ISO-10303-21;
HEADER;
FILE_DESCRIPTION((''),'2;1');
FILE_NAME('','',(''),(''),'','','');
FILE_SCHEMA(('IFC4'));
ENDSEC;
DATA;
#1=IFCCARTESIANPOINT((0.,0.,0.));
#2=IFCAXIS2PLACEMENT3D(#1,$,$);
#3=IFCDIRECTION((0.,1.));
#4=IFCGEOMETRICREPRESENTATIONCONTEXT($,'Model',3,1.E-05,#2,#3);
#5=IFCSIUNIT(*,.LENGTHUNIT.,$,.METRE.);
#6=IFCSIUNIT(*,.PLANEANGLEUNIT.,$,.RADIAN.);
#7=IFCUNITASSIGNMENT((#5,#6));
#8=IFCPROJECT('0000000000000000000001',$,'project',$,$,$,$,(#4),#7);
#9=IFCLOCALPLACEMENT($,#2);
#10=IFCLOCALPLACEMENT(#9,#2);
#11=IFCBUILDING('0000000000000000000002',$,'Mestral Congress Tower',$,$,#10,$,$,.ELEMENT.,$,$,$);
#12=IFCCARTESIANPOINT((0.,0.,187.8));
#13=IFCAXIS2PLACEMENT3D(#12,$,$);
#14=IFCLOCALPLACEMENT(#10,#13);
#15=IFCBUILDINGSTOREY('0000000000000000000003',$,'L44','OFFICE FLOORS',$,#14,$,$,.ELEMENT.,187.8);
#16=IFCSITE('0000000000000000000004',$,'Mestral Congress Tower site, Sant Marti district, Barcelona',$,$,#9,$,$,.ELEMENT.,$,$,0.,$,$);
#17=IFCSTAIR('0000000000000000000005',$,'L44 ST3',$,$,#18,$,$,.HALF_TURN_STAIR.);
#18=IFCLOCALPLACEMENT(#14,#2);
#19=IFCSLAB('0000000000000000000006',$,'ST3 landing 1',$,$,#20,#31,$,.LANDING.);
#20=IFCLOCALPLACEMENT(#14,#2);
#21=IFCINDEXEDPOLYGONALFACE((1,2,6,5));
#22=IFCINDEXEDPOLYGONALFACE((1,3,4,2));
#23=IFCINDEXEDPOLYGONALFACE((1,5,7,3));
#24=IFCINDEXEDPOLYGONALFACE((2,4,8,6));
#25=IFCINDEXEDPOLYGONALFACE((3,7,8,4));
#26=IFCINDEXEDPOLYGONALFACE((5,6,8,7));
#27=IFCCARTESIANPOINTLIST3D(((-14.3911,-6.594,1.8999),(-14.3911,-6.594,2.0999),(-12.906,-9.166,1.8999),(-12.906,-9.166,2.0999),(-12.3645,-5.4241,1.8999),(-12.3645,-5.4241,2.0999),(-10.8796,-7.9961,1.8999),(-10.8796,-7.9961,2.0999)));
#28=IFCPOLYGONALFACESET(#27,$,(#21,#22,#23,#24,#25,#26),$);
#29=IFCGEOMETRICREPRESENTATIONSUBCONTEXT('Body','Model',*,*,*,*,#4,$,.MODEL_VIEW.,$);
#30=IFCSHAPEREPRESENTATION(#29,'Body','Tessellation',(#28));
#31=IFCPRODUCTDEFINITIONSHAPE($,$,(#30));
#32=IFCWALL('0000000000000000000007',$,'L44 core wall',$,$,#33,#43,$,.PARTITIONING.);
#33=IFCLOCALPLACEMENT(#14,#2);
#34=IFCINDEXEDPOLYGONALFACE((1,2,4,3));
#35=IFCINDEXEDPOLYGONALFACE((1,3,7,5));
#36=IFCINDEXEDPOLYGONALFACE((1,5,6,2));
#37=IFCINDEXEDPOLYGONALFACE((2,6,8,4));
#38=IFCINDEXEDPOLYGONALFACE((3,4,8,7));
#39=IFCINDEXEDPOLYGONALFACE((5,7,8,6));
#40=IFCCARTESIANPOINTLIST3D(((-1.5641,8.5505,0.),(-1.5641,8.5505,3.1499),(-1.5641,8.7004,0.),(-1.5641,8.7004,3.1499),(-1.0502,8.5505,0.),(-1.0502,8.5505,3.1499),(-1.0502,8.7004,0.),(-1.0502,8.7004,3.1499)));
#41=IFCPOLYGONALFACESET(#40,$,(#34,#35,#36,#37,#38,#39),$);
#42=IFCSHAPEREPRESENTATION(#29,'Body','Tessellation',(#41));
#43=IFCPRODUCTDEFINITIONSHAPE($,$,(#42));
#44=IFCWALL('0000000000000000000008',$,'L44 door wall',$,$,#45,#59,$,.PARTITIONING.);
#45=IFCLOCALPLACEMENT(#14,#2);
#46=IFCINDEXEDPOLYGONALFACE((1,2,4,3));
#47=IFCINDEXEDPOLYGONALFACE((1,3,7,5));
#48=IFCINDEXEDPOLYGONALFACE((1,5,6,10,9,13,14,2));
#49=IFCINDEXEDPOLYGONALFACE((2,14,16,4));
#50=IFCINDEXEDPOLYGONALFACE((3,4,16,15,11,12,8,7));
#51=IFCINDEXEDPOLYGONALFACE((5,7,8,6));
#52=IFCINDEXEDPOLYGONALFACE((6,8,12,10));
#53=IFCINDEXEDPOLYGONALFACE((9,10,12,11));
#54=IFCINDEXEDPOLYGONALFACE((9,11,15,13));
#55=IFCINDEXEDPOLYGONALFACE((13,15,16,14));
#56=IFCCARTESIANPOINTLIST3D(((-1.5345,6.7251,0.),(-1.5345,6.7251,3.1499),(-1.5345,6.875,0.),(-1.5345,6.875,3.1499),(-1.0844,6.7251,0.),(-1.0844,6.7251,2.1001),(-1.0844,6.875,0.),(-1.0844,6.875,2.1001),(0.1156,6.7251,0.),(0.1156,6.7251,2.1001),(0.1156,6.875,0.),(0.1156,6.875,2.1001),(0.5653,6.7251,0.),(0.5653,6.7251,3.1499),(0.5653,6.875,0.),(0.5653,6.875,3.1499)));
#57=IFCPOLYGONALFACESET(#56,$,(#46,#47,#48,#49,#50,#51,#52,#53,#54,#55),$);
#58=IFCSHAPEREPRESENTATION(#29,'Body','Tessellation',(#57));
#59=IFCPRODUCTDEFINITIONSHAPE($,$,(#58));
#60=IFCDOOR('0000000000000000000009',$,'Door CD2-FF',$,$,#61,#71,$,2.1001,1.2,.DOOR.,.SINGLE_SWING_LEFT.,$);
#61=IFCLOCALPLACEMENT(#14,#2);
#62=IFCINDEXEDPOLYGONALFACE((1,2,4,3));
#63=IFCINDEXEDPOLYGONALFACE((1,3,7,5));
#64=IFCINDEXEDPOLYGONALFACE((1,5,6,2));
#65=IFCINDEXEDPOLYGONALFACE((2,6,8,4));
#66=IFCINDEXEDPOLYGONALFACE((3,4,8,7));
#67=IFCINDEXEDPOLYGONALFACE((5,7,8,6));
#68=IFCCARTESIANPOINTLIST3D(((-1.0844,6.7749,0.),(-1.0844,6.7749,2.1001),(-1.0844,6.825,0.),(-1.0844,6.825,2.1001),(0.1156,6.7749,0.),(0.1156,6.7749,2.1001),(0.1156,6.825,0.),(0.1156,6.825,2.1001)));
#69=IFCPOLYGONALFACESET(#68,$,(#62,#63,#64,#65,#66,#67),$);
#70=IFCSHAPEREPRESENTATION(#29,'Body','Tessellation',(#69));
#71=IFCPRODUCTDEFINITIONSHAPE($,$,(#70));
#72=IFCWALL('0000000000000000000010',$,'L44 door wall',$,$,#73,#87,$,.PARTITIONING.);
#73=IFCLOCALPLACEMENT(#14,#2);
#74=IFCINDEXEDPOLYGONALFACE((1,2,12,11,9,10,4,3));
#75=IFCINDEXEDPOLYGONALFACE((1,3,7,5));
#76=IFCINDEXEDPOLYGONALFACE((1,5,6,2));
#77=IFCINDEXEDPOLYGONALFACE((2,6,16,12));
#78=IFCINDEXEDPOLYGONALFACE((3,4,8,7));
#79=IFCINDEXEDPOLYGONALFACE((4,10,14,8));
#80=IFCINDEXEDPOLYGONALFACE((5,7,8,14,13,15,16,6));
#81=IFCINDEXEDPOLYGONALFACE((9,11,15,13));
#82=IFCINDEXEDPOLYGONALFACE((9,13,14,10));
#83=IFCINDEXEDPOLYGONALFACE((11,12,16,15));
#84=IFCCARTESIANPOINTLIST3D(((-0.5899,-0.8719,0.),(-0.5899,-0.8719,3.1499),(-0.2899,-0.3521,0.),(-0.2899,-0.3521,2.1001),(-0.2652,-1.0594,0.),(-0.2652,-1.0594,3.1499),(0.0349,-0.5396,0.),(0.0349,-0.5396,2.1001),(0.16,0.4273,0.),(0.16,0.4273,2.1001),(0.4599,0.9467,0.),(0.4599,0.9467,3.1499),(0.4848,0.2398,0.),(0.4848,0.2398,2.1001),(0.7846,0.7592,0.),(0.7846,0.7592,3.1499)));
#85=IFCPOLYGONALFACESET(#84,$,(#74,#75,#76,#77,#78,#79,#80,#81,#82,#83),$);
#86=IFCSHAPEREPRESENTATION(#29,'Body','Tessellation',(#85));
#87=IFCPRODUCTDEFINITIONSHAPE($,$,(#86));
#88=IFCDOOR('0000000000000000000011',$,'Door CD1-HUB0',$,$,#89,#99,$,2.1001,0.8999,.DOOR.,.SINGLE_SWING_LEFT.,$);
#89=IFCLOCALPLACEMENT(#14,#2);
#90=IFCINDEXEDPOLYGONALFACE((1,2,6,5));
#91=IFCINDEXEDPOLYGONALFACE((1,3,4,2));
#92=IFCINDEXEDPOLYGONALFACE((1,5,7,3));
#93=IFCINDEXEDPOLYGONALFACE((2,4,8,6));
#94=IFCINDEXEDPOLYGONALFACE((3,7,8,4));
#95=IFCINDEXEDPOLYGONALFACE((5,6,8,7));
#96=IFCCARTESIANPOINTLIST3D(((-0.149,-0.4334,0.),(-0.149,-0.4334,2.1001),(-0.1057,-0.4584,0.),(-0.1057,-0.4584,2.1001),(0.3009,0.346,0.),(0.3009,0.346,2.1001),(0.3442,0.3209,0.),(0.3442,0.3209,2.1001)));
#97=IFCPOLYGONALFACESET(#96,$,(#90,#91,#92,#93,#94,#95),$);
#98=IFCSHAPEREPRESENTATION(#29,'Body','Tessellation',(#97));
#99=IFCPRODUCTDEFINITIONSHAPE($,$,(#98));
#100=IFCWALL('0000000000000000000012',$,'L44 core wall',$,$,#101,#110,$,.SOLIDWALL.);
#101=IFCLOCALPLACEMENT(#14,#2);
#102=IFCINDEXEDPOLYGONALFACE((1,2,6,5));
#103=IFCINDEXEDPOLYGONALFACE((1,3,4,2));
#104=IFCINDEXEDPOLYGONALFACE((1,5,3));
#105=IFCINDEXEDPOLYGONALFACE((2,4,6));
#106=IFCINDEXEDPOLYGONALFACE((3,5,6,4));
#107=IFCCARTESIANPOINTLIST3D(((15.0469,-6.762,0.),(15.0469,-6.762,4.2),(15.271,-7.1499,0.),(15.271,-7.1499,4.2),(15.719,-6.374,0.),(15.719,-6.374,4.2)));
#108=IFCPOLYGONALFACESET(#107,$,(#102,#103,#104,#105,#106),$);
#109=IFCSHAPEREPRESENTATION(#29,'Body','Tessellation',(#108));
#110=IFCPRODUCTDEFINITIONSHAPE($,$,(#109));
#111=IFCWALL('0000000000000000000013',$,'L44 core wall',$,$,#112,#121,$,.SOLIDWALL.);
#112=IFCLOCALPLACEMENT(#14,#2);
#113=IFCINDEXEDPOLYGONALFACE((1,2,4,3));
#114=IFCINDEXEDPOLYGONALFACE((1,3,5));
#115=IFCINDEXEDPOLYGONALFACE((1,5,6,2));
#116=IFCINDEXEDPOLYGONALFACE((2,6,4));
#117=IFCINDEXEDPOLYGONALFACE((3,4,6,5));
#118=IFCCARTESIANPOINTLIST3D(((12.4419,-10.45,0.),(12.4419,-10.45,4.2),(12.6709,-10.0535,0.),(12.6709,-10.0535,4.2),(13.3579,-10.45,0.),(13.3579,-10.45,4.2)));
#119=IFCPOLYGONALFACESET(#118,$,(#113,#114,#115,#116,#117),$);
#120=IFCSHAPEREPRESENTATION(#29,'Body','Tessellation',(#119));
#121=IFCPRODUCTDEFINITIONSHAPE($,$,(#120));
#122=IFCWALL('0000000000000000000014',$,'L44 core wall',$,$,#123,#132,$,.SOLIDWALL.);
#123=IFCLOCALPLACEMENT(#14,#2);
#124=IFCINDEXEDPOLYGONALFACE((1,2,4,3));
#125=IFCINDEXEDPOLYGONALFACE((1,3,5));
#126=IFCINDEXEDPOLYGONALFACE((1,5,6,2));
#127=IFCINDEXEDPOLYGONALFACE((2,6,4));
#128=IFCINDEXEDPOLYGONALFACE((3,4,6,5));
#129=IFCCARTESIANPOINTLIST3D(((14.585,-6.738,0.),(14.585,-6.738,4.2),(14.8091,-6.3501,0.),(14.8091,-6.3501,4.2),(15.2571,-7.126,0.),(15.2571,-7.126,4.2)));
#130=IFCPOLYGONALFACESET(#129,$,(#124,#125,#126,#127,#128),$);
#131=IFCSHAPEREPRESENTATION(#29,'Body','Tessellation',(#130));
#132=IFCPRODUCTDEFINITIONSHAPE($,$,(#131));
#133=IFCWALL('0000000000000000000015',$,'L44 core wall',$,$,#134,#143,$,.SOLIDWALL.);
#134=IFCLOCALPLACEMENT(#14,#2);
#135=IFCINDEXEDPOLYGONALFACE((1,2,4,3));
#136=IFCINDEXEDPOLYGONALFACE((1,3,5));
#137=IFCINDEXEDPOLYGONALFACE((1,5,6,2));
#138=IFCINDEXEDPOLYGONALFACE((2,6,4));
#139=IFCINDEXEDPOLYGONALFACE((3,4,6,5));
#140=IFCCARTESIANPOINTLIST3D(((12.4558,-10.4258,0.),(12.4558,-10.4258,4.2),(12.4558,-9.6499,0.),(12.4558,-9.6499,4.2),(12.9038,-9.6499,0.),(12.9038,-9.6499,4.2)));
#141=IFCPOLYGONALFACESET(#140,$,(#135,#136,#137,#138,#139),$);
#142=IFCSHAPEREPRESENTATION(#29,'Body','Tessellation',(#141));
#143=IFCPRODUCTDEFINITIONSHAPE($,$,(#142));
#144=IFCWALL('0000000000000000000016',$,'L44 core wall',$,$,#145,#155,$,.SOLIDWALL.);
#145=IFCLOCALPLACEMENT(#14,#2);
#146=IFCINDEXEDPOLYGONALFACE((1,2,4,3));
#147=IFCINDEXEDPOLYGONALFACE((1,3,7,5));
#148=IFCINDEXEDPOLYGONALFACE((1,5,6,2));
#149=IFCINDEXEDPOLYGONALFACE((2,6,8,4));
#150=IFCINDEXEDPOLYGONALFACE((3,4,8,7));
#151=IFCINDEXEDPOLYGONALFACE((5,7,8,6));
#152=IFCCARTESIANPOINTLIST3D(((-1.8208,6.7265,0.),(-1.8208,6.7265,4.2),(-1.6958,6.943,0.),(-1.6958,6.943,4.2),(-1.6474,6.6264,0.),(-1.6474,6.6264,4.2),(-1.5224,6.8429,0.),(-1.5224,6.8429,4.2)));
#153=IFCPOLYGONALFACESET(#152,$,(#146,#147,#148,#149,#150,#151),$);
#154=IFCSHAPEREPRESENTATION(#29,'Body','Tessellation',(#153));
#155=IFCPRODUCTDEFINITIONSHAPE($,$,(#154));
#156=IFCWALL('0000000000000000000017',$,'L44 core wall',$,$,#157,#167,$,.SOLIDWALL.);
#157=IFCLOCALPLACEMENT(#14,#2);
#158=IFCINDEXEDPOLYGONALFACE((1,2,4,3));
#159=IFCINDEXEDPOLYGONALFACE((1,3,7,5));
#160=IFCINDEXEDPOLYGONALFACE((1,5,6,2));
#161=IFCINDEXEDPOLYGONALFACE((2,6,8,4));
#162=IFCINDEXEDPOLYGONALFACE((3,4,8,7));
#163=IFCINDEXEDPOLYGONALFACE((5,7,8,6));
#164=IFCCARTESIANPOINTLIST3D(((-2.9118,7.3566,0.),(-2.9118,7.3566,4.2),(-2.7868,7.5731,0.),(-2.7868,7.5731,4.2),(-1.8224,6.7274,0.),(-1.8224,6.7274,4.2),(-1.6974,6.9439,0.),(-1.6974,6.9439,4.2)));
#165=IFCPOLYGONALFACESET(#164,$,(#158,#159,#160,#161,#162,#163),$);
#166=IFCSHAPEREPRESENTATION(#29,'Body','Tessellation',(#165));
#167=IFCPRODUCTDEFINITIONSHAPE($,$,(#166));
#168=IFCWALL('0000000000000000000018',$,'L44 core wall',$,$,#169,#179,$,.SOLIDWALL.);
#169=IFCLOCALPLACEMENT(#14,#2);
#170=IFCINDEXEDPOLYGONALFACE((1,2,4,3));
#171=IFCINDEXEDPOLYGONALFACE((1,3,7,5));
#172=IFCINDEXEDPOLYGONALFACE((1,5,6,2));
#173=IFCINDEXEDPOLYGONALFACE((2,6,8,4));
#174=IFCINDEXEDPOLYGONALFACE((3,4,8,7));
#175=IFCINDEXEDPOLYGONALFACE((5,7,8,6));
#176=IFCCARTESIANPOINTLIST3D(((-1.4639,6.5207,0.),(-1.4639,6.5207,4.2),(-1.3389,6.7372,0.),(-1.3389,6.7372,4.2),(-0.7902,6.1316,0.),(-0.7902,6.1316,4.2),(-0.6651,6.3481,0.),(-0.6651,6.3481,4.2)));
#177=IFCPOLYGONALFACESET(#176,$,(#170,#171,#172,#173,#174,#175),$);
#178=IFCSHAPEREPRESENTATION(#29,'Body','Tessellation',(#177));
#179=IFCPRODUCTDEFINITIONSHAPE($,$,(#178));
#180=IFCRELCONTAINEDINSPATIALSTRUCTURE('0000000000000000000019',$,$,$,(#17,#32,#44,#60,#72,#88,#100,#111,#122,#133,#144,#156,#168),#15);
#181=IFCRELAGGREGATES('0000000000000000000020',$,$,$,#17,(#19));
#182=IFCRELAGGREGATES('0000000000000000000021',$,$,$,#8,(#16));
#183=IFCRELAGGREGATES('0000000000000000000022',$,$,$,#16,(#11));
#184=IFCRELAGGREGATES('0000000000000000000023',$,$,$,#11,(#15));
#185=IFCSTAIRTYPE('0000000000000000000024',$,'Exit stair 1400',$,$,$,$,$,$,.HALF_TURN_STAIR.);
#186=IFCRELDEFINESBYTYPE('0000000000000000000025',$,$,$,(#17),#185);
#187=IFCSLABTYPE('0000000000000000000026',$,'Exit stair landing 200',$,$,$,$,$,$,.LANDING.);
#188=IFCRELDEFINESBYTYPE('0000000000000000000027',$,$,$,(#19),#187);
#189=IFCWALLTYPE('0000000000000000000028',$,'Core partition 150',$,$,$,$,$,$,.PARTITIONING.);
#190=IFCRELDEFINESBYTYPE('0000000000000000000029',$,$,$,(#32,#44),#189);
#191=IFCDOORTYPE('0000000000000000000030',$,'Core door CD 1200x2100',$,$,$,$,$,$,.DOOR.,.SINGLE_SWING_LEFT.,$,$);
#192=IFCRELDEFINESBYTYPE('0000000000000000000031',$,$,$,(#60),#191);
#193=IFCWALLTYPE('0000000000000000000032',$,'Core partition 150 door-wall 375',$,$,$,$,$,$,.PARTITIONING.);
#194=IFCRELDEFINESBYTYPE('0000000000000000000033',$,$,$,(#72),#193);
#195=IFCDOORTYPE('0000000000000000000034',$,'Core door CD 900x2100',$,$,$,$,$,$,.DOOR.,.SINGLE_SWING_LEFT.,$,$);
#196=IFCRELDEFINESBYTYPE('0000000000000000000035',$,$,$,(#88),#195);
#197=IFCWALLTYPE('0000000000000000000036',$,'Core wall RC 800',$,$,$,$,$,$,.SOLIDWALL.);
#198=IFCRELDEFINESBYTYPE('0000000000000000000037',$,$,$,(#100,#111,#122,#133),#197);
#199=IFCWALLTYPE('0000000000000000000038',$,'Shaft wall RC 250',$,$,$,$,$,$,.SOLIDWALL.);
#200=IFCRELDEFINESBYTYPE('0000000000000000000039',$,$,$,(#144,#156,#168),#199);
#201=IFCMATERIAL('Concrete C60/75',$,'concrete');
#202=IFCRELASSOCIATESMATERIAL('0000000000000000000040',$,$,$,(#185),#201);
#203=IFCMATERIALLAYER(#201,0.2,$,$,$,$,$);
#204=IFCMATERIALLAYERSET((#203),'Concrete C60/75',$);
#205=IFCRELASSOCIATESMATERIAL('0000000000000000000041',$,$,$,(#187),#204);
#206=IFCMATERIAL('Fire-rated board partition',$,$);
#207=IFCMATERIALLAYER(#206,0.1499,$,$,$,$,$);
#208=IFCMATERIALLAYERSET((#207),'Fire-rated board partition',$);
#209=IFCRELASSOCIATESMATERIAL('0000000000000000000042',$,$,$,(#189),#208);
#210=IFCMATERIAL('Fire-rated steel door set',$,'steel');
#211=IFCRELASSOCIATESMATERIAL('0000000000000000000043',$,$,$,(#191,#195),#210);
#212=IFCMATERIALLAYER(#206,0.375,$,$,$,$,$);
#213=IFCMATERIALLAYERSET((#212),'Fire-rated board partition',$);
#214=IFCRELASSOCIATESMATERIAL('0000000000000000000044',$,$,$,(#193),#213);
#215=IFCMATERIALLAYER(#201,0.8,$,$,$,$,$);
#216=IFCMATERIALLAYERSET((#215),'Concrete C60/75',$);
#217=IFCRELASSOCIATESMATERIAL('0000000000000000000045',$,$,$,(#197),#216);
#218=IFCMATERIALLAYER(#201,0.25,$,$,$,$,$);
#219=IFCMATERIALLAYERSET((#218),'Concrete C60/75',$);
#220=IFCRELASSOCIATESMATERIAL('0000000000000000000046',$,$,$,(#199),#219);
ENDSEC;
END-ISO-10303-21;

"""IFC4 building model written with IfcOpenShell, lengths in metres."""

from ifc_helpers import new_model, si_unit, direction, frame, frame_2d, origin, place, context, subcontext, project, spatial, polyline, rectangle, outline, extrude, material, layer, layer_set, type_object, element, fill, aggregate, save


model = new_model("IFC4")

# Units and contexts
model_context = context("Model", 3, precision=1e-05, world=origin(), true_north=direction((0.0, 1.0)))
body_context = subcontext(model_context, "Body", "Model", "MODEL_VIEW")
ifc_project = project(units=[si_unit("LENGTHUNIT", "METRE"), si_unit("PLANEANGLEUNIT", "RADIAN")], contexts=[model_context])

# Site, building, storey
site_placement = place(None, origin())
site = spatial("IfcSite", under=ifc_project, at=site_placement, Name="Mestral Congress Tower site, Sant Marti district, Barcelona", CompositionType="ELEMENT", RefElevation=0.0)
building_placement = place(site_placement, origin())
building = spatial("IfcBuilding", under=site, at=building_placement, Name="Mestral Congress Tower", CompositionType="ELEMENT")
storey_placement = place(building_placement, frame((0.0, 0.0, 187.8)))
storey = spatial("IfcBuildingStorey", under=building, at=storey_placement, Name="L44", Description="OFFICE FLOORS", CompositionType="ELEMENT", Elevation=187.8)

# Shared definitions
ifc_material_1 = material(Name="Concrete C60/75", Category="concrete")

# Stair, slab
stair_type = type_object("IfcStairType", Name="Exit stair 1400", PredefinedType="HALF_TURN_STAIR", material=ifc_material_1)
placement_1 = place(storey_placement, origin())
ifc_layer_1 = layer(ifc_material_1, 0.2)
ifc_layer_set_1 = layer_set([ifc_layer_1], Name="Concrete C60/75")
slab_type_1 = type_object("IfcSlabType", Name="Exit stair landing 200", PredefinedType="LANDING", material=ifc_layer_set_1)
placement_2 = place(storey_placement, frame((0.0, 0.0, 1.8999)))
stair_1 = element("IfcStair", 1, at=placement_1, inside=storey, type_object=stair_type, Name="L44 ST3", PredefinedType="HALF_TURN_STAIR")
slab_1 = element("IfcSlab", 2, at=placement_2, type_object=slab_type_1, Name="ST3 landing 1", PredefinedType="LANDING", context=body_context, shape_type="SweptSolid", body=[
    extrude(outline(polyline([(-12.3645, -5.4241), (-10.8796, -7.9961), (-12.906, -9.166), (-14.3911, -6.594), (-12.3645, -5.4241)])), origin(), (0.0, 0.0, 1.0), 0.2),
])
aggregate(stair_1, [slab_1])

# Wall
ifc_material_2 = material(Name="Fire-rated board partition")
ifc_layer_2 = layer(ifc_material_2, 0.1499)
ifc_layer_set_2 = layer_set([ifc_layer_2], Name="Fire-rated board partition")
wall_type_1 = type_object("IfcWallType", Name="Core partition 150", PredefinedType="PARTITIONING", material=ifc_layer_set_2)
wall_1_placement = place(storey_placement, frame((-1.564, 8.6255, 0.0), z_axis=(0.0, 0.0, 1.0), x_axis=(1.0, 0.0, 0.0)))
element("IfcWall", 3, at=wall_1_placement, inside=storey, type_object=wall_type_1, Name="L44 core wall", PredefinedType="PARTITIONING", context=body_context, shape_type="SweptSolid", body=[
    extrude(rectangle(XDim=0.5139, YDim=0.1499, at=frame_2d((0.2568, 0.0))), origin(), (0.0, 0.0, 1.0), 3.1499),
])

# Walls, openings, doors
wall_2_placement = place(storey_placement, frame((-1.5344, 6.8, 0.0), z_axis=(0.0, 0.0, 1.0), x_axis=(1.0, 0.0, 0.0)))
wall_2 = element("IfcWall", 4, at=wall_2_placement, inside=storey, type_object=wall_type_1, Name="L44 door wall", PredefinedType="PARTITIONING", context=body_context, shape_type="SweptSolid", body=[
    extrude(rectangle(XDim=2.0999, YDim=0.1499, at=frame_2d((1.0498, 0.0))), origin(), (0.0, 0.0, 1.0), 3.1499),
])
opening_1_placement = place(wall_2_placement, frame((0.45, 0.0, 0.0)))
opening_1 = element("IfcOpeningElement", 5, at=opening_1_placement, cuts=wall_2, PredefinedType="OPENING", context=body_context, shape_type="SweptSolid", body=[
    extrude(rectangle(XDim=1.2, YDim=2.1001, at=frame_2d((0.6001, 1.05))), frame((0.0, 0.085, 0.0), z_axis=(0.0, -1.0, 0.0), x_axis=(1.0, 0.0, 0.0)), (0.0, 0.0, 1.0), 0.1699),
])
ifc_material_3 = material(Name="Fire-rated steel door set", Category="steel")
door_type_1 = type_object("IfcDoorType", Name="Core door CD 1200x2100", OperationType="SINGLE_SWING_LEFT", PredefinedType="DOOR", material=ifc_material_3)
door_1_placement = place(opening_1_placement, origin())
door_1 = element("IfcDoor", 6, at=door_1_placement, inside=storey, type_object=door_type_1, Name="Door CD2-FF", OperationType="SINGLE_SWING_LEFT", OverallHeight=2.1001, OverallWidth=1.2, PredefinedType="DOOR", context=body_context, shape_type="SweptSolid", body=[
    extrude(rectangle(XDim=1.2, YDim=2.1001, at=frame_2d((0.6001, 1.05))), frame((0.0, 0.0249, 0.0), z_axis=(0.0, -1.0, 0.0), x_axis=(1.0, 0.0, 0.0)), (0.0, 0.0, 1.0), 0.05),
])
fill(opening_1, door_1)
ifc_layer_3 = layer(ifc_material_2, 0.375)
ifc_layer_set_3 = layer_set([ifc_layer_3], Name="Fire-rated board partition")
wall_type_2 = type_object("IfcWallType", Name="Core partition 150 door-wall 375", PredefinedType="PARTITIONING", material=ifc_layer_set_3)
wall_3_placement = place(storey_placement, frame((-0.4275, -0.9656, 0.0), z_axis=(0.0, 0.0, 1.0), x_axis=(0.499941, 0.86606, 0.0)))
wall_3 = element("IfcWall", 7, at=wall_3_placement, inside=storey, type_object=wall_type_2, Name="L44 door wall", PredefinedType="PARTITIONING", context=body_context, shape_type="SweptSolid", body=[
    extrude(rectangle(XDim=2.0999, YDim=0.375, at=frame_2d((1.0498, 0.0))), origin(), (0.0, 0.0, 1.0), 3.1499),
])
opening_2_placement = place(wall_3_placement, frame((0.6001, 0.0, 0.0)))
opening_2 = element("IfcOpeningElement", 8, at=opening_2_placement, cuts=wall_3, PredefinedType="OPENING", context=body_context, shape_type="SweptSolid", body=[
    extrude(rectangle(XDim=0.8999, YDim=2.1001, at=frame_2d((0.45, 1.05))), frame((0.0, 0.1975, 0.0), z_axis=(0.0, -1.0, 0.0), x_axis=(1.0, 0.0, 0.0)), (0.0, 0.0, 1.0), 0.395),
])
door_type_2 = type_object("IfcDoorType", Name="Core door CD 900x2100", OperationType="SINGLE_SWING_LEFT", PredefinedType="DOOR", material=ifc_material_3)
door_2_placement = place(opening_2_placement, origin())
door_2 = element("IfcDoor", 9, at=door_2_placement, inside=storey, type_object=door_type_2, Name="Door CD1-HUB0", OperationType="SINGLE_SWING_LEFT", OverallHeight=2.1001, OverallWidth=0.8999, PredefinedType="DOOR", context=body_context, shape_type="SweptSolid", body=[
    extrude(rectangle(XDim=0.8999, YDim=2.1001, at=frame_2d((0.45, 1.05))), frame((0.0, 0.0249, 0.0), z_axis=(0.0, -1.0, 0.0), x_axis=(1.0, 0.0, 0.0)), (0.0, 0.0, 1.0), 0.05),
])
fill(opening_2, door_2)

# Walls
ifc_layer_4 = layer(ifc_material_1, 0.8)
ifc_layer_set_4 = layer_set([ifc_layer_4], Name="Concrete C60/75")
wall_type_3 = type_object("IfcWallType", Name="Core wall RC 800", PredefinedType="SOLIDWALL", material=ifc_layer_set_4)
element("IfcWall", 10, at=placement_1, inside=storey, type_object=wall_type_3, Name="L44 core wall", PredefinedType="SOLIDWALL", context=body_context, shape_type="SweptSolid", body=[
    extrude(outline(polyline([(15.271, -7.1499), (15.0469, -6.762), (15.719, -6.374), (15.271, -7.1499)])), origin(), (0.0, 0.0, 1.0), 4.2),
])
element("IfcWall", 11, at=placement_1, inside=storey, type_object=wall_type_3, Name="L44 core wall", PredefinedType="SOLIDWALL", context=body_context, shape_type="SweptSolid", body=[
    extrude(outline(polyline([(12.6709, -10.0535), (13.3579, -10.45), (12.4419, -10.45), (12.6709, -10.0535)])), origin(), (0.0, 0.0, 1.0), 4.2),
])
element("IfcWall", 12, at=placement_1, inside=storey, type_object=wall_type_3, Name="L44 core wall", PredefinedType="SOLIDWALL", context=body_context, shape_type="SweptSolid", body=[
    extrude(outline(polyline([(14.8091, -6.3501), (15.2571, -7.126), (14.585, -6.738), (14.8091, -6.3501)])), origin(), (0.0, 0.0, 1.0), 4.2),
])
element("IfcWall", 13, at=placement_1, inside=storey, type_object=wall_type_3, Name="L44 core wall", PredefinedType="SOLIDWALL", context=body_context, shape_type="SweptSolid", body=[
    extrude(outline(polyline([(12.9038, -9.6499), (12.4558, -10.4258), (12.4558, -9.6499), (12.9038, -9.6499)])), origin(), (0.0, 0.0, 1.0), 4.2),
])
ifc_layer_5 = layer(ifc_material_1, 0.25)
ifc_layer_set_5 = layer_set([ifc_layer_5], Name="Concrete C60/75")
wall_type_4 = type_object("IfcWallType", Name="Shaft wall RC 250", PredefinedType="SOLIDWALL", material=ifc_layer_set_5)
wall_4_placement = place(storey_placement, frame((-1.7583, 6.8347, 0.0), z_axis=(0.0, 0.0, 1.0), x_axis=(0.865982, -0.500074, 0.0)))
element("IfcWall", 14, at=wall_4_placement, inside=storey, type_object=wall_type_4, Name="L44 core wall", PredefinedType="SOLIDWALL", context=body_context, shape_type="SweptSolid", body=[
    extrude(rectangle(XDim=0.2002, YDim=0.25, at=frame_2d((0.1001, 0.0))), origin(), (0.0, 0.0, 1.0), 4.2),
])
wall_5_placement = place(storey_placement, frame((-1.76, 6.8357, 0.0), z_axis=(0.0, 0.0, 1.0), x_axis=(-0.865953, 0.500126, 0.0)))
element("IfcWall", 15, at=wall_5_placement, inside=storey, type_object=wall_type_4, Name="L44 core wall", PredefinedType="SOLIDWALL", context=body_context, shape_type="SweptSolid", body=[
    extrude(rectangle(XDim=1.2581, YDim=0.25, at=frame_2d((0.6289, 0.0))), origin(), (0.0, 0.0, 1.0), 4.2),
])
wall_6_placement = place(storey_placement, frame((-0.7275, 6.2397, 0.0), z_axis=(0.0, 0.0, 1.0), x_axis=(-0.865956, 0.500121, 0.0)))
element("IfcWall", 16, at=wall_6_placement, inside=storey, type_object=wall_type_4, Name="L44 core wall", PredefinedType="SOLIDWALL", context=body_context, shape_type="SweptSolid", body=[
    extrude(rectangle(XDim=0.7781, YDim=0.25, at=frame_2d((0.3892, 0.0))), origin(), (0.0, 0.0, 1.0), 4.2),
])

save(model, "model.ifc")
